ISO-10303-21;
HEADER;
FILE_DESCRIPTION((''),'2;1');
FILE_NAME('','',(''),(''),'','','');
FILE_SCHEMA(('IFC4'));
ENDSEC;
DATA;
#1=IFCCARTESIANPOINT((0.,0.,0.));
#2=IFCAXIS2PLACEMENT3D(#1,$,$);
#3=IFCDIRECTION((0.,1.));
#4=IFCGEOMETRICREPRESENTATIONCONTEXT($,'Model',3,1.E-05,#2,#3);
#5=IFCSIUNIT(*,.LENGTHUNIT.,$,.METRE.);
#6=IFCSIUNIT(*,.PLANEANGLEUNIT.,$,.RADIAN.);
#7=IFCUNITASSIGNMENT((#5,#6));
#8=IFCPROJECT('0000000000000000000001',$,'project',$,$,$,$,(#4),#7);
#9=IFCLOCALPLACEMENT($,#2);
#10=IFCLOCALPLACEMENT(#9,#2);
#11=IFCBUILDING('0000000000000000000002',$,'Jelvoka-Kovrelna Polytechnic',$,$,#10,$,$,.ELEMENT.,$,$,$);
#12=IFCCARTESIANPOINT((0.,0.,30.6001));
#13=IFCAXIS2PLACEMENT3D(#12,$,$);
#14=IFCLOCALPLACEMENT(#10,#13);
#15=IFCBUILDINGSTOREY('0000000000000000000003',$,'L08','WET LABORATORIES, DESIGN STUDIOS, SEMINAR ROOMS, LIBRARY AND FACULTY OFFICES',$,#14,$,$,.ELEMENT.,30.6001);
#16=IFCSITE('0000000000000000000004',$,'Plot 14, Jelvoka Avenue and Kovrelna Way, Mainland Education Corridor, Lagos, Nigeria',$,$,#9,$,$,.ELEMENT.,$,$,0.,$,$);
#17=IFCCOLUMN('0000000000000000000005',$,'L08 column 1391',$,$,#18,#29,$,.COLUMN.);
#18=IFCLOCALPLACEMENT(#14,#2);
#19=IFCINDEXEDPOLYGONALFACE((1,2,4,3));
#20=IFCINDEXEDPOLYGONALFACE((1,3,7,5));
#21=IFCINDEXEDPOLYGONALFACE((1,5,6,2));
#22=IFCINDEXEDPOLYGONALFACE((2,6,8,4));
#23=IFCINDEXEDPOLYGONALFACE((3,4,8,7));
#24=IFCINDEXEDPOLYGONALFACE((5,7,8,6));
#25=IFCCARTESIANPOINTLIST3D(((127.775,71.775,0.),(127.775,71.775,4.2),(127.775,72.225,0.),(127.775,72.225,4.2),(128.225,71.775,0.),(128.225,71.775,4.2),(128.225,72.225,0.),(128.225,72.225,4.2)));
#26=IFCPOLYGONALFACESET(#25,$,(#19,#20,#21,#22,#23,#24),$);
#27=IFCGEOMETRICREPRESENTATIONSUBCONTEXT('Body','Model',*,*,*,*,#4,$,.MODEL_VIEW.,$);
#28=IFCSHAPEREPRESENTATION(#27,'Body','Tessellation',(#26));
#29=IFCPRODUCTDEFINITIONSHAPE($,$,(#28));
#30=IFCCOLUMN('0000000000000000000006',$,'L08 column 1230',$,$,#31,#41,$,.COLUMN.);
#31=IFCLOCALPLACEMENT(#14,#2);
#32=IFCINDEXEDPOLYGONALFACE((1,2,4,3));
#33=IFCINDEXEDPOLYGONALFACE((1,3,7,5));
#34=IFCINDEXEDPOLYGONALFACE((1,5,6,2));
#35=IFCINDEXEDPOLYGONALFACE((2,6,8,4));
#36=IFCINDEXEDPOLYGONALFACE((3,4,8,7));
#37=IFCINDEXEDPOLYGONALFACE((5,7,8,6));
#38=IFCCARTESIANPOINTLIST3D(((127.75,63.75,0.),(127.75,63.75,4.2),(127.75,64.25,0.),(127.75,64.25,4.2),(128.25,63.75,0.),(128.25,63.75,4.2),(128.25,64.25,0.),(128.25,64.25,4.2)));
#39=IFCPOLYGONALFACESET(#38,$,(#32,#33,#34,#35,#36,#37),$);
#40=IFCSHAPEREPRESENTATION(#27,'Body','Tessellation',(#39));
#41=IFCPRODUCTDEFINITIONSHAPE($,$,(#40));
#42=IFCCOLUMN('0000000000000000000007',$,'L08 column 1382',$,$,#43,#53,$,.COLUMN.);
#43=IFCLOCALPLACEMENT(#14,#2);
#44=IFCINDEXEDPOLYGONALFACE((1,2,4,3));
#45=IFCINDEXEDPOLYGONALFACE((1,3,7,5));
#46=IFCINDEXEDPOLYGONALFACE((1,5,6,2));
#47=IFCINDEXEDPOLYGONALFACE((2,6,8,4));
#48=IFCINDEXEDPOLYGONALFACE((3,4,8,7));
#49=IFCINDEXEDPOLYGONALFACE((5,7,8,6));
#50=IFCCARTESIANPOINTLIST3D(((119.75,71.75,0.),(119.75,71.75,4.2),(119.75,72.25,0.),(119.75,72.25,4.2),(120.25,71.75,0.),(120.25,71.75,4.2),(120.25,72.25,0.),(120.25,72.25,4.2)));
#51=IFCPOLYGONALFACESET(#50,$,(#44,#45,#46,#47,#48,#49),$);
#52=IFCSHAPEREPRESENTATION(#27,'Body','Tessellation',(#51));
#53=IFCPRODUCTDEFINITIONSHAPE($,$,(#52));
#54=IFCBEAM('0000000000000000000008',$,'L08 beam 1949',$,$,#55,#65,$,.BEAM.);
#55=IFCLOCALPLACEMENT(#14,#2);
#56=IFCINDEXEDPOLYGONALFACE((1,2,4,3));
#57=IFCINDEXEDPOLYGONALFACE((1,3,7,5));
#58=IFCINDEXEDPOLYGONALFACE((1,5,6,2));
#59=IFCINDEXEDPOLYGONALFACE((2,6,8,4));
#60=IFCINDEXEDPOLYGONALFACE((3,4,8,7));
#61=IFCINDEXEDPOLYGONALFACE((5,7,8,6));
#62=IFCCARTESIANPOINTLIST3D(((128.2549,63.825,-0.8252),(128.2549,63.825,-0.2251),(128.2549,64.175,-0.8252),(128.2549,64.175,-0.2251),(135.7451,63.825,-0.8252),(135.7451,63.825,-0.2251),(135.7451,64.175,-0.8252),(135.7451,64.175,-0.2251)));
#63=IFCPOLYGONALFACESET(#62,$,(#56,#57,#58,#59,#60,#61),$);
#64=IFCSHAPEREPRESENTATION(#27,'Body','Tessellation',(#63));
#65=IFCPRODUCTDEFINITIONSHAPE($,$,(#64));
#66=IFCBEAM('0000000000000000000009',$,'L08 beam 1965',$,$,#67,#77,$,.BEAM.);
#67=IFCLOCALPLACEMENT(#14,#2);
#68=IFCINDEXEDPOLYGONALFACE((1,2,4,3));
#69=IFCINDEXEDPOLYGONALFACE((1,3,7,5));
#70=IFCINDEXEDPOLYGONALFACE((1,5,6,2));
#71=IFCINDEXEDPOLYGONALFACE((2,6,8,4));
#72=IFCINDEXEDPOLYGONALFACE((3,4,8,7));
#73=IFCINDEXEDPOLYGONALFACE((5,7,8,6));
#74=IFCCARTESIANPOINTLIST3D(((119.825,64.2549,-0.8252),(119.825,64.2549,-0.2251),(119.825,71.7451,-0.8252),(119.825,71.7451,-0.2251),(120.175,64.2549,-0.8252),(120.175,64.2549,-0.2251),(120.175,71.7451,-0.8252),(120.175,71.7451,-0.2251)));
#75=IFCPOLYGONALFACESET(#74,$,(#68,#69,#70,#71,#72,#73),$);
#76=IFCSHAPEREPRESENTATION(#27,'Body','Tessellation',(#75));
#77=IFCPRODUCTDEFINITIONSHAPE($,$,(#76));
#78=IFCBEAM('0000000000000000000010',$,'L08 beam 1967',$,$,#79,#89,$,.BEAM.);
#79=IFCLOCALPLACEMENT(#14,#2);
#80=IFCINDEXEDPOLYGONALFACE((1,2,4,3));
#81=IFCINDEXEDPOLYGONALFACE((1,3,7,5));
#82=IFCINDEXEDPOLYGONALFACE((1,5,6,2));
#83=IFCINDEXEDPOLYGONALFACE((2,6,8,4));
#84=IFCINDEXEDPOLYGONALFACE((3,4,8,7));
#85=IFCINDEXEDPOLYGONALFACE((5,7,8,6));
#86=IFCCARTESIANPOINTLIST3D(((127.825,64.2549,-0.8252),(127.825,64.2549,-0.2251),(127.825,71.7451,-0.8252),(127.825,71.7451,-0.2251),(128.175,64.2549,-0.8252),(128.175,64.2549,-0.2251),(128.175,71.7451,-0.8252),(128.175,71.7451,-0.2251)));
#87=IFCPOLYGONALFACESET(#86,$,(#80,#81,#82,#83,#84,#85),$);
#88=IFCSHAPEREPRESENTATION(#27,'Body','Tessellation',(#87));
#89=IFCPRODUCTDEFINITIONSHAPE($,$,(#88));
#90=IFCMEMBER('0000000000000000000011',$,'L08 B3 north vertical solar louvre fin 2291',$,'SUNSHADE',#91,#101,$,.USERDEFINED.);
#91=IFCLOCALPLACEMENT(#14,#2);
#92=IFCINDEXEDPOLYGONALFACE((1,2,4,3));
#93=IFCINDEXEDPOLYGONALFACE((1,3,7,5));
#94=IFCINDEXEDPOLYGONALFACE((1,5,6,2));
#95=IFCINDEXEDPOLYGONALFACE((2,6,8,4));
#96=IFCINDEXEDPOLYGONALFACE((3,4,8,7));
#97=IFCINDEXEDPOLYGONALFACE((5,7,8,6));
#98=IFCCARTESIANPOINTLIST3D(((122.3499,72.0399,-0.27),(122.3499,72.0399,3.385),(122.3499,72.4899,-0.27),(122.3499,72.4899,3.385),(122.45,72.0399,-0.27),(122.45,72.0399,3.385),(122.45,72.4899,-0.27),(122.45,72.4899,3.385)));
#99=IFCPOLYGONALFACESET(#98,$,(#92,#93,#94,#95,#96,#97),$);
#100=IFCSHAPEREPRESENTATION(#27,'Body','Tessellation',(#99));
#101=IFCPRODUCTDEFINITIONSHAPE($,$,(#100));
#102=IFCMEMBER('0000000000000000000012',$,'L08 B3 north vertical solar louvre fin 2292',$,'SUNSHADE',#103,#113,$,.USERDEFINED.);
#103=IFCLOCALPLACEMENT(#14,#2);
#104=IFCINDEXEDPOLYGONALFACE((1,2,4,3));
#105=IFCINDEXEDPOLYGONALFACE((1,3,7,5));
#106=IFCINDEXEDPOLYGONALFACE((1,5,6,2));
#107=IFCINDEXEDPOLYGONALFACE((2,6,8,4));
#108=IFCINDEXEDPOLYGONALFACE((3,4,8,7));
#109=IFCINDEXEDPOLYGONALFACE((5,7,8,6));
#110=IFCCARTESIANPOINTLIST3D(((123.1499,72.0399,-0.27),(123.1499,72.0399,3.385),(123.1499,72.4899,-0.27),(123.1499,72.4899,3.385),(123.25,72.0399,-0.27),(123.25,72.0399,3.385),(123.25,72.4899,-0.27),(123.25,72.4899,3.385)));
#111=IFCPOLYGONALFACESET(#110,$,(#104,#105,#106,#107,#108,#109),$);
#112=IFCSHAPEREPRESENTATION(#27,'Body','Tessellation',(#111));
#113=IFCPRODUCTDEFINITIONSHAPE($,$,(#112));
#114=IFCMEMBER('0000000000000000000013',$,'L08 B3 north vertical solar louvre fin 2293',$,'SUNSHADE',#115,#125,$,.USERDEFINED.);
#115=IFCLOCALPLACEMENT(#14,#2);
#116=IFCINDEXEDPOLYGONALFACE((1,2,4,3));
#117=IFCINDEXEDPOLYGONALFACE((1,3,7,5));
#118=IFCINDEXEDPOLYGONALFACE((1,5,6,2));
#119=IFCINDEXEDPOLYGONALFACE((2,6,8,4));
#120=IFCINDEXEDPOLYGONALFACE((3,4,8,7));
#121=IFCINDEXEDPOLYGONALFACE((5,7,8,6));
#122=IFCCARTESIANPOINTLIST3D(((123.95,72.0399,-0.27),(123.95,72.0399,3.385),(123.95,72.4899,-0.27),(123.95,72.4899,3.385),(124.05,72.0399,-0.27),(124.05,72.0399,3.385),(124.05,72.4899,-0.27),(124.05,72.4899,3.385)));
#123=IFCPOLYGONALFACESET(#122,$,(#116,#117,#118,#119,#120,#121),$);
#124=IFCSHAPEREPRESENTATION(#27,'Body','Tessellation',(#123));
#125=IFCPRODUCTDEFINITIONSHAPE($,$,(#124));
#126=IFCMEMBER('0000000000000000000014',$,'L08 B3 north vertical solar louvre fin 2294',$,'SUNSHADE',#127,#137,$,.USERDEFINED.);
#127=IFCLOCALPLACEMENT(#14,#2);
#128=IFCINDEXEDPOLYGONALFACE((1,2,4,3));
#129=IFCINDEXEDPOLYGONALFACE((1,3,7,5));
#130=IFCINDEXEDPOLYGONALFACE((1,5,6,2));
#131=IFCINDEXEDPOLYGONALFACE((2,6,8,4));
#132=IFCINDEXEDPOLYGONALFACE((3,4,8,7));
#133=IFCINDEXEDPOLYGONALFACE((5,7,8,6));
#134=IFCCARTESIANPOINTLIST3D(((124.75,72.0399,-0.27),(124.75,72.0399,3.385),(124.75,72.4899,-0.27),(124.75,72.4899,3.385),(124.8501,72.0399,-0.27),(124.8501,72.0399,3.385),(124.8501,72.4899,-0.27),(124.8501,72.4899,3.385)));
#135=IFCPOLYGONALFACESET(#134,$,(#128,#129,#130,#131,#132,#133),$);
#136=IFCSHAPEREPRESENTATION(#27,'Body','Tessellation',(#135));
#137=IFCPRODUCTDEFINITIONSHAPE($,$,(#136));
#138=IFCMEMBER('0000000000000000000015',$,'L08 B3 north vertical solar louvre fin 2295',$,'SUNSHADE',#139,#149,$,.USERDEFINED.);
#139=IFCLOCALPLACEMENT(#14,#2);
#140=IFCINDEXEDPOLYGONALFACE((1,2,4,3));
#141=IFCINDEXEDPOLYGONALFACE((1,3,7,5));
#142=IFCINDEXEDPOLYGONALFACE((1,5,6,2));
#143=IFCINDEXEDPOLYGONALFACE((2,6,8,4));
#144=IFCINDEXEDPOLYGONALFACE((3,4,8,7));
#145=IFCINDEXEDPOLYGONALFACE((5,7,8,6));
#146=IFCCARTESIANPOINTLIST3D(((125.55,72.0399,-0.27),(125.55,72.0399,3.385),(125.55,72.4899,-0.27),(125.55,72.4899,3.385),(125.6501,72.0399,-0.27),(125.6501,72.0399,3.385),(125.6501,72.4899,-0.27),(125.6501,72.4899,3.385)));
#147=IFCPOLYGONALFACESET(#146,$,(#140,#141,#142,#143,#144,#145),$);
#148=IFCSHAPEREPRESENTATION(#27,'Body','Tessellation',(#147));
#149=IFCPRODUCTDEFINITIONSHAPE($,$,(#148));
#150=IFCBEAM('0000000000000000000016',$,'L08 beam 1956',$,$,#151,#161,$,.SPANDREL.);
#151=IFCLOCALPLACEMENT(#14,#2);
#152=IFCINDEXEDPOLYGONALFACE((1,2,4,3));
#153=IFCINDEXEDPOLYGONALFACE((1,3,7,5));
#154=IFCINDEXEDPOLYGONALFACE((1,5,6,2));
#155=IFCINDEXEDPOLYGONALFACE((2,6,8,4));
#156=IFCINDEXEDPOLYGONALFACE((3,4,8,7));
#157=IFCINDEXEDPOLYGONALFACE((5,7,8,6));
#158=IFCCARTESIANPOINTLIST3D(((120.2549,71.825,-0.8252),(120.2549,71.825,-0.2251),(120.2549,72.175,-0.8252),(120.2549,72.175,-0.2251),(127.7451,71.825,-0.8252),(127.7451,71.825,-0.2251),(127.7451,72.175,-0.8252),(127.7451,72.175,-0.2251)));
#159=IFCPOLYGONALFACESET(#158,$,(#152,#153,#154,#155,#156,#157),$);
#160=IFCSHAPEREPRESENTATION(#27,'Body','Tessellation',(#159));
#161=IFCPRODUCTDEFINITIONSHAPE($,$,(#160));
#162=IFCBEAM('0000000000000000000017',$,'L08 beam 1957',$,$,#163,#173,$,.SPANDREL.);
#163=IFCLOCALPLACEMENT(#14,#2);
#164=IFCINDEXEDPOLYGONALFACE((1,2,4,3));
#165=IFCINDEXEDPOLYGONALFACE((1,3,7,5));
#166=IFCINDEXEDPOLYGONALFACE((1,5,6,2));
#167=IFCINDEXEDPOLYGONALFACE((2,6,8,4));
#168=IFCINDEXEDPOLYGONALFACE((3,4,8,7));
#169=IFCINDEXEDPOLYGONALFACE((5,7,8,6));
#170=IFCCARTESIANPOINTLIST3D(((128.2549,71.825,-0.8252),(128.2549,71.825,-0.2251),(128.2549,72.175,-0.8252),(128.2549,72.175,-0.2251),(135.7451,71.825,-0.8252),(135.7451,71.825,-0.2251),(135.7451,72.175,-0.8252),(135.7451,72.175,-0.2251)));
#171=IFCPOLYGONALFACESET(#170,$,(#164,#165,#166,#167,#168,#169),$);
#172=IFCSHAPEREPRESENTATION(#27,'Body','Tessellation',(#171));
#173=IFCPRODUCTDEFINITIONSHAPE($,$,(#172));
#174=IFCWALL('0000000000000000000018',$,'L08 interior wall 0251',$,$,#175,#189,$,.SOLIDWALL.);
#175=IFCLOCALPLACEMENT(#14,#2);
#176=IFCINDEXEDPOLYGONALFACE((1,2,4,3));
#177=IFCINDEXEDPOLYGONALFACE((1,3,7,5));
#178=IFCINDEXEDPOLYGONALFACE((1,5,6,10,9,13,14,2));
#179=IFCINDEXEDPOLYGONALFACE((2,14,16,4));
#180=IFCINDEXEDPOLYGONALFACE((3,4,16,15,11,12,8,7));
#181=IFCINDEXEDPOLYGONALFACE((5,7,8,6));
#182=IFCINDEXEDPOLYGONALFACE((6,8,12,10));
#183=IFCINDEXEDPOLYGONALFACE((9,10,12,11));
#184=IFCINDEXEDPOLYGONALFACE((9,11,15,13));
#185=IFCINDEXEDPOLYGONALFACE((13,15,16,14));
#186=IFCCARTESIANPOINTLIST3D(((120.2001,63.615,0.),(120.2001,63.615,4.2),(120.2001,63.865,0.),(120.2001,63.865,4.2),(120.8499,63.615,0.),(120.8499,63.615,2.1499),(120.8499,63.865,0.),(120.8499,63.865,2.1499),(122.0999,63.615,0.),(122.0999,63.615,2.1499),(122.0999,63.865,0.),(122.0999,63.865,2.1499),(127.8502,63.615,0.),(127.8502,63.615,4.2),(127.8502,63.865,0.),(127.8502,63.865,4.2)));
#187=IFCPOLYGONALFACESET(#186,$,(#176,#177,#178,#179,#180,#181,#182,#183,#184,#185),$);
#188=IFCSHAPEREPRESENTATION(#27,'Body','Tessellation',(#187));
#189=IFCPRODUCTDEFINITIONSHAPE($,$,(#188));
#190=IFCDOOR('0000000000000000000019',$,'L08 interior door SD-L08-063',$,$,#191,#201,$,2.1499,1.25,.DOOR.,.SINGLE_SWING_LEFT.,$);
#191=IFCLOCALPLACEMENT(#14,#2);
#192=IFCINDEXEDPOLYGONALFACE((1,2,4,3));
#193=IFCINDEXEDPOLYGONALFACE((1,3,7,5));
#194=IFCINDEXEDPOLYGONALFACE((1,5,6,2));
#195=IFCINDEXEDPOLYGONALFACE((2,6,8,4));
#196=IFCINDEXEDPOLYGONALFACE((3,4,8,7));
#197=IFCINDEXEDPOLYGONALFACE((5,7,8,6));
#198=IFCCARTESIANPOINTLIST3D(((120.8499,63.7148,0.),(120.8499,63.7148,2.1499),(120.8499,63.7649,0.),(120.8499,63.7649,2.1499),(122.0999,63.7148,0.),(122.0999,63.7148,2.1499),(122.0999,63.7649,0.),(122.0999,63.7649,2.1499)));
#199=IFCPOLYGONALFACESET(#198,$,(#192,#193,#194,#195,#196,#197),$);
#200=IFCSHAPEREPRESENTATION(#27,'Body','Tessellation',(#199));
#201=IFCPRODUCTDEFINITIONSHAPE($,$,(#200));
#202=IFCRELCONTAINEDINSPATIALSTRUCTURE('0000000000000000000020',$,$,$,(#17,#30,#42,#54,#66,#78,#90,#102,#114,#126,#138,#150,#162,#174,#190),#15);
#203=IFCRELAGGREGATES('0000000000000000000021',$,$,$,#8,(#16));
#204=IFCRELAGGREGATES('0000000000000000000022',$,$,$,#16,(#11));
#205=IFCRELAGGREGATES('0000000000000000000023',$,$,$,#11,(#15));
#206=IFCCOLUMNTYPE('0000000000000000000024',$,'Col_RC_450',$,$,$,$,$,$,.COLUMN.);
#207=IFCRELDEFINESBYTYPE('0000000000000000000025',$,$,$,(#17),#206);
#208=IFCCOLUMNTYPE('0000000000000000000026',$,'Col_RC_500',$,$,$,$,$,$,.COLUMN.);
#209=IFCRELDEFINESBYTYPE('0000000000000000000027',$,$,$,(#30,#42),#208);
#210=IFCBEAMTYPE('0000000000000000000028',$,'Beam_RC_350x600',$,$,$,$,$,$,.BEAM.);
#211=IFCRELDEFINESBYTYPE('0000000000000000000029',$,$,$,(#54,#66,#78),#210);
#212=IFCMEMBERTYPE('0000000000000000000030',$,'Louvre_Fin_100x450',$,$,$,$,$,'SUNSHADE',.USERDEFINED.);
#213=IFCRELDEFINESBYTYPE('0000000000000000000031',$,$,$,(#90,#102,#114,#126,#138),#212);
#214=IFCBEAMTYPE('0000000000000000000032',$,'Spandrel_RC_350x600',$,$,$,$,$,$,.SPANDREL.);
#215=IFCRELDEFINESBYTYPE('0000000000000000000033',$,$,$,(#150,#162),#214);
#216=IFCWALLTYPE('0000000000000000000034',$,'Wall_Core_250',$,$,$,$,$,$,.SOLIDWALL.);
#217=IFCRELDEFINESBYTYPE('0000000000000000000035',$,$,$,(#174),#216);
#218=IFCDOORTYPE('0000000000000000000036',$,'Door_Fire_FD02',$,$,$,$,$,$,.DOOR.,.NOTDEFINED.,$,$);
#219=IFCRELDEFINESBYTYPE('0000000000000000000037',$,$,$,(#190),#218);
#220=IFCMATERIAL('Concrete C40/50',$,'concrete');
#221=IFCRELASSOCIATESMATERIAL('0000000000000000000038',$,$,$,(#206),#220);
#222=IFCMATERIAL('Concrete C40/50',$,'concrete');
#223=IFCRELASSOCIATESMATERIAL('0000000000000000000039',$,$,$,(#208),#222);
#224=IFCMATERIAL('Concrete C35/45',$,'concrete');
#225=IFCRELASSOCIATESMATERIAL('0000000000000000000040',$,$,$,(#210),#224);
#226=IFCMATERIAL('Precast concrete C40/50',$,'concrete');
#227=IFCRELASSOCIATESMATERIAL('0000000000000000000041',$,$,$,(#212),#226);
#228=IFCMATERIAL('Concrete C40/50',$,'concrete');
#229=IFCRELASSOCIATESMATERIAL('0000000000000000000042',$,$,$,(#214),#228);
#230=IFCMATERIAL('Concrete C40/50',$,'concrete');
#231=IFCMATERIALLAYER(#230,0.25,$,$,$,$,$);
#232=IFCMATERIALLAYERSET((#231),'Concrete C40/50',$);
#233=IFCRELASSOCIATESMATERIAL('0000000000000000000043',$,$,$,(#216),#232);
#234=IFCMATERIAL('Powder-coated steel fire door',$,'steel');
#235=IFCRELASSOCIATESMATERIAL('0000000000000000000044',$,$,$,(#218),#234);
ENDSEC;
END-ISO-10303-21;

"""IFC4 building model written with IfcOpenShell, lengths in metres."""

from ifc_helpers import new_model, si_unit, direction, frame, frame_2d, origin, origin_2d, place, context, subcontext, project, spatial, rectangle, extrude, material, layer, layer_set, material_profile, profile_set, type_object, element, fill, save


model = new_model("IFC4")

# Units and contexts
model_context = context("Model", 3, precision=1e-05, world=origin(), true_north=direction((0.0, 1.0)))
body_context = subcontext(model_context, "Body", "Model", "MODEL_VIEW")
ifc_project = project(units=[si_unit("LENGTHUNIT", "METRE"), si_unit("PLANEANGLEUNIT", "RADIAN")], contexts=[model_context])

# Site, building, storey
site_placement = place(None, origin())
site = spatial("IfcSite", under=ifc_project, at=site_placement, Name="Plot 14, Jelvoka Avenue and Kovrelna Way, Mainland Education Corridor, Lagos, Nigeria", CompositionType="ELEMENT", RefElevation=0.0)
building_placement = place(site_placement, origin())
building = spatial("IfcBuilding", under=site, at=building_placement, Name="Jelvoka-Kovrelna Polytechnic", CompositionType="ELEMENT")
storey_placement = place(building_placement, frame((0.0, 0.0, 30.6001)))
storey = spatial("IfcBuildingStorey", under=building, at=storey_placement, Name="L08", Description="WET LABORATORIES, DESIGN STUDIOS, SEMINAR ROOMS, LIBRARY AND FACULTY OFFICES", CompositionType="ELEMENT", Elevation=30.6001)

# Columns
ifc_material_1 = material(Name="Concrete C40/50", Category="concrete")
ifc_material_profile_1 = material_profile(ifc_material_1, rectangle(XDim=0.45, YDim=0.45, at=origin_2d()), Name="RC 450x450")
ifc_profile_set_1 = profile_set([ifc_material_profile_1], Name="Concrete C40/50")
column_type_1 = type_object("IfcColumnType", Name="Col_RC_450", PredefinedType="COLUMN", material=ifc_profile_set_1)
column_placement = place(storey_placement, frame((128.0, 72.0, 0.0), z_axis=(0.0, 0.0, 1.0), x_axis=(1.0, 0.0, 0.0)))
element("IfcColumn", 1, at=column_placement, inside=storey, type_object=column_type_1, Name="L08 column 1391", PredefinedType="COLUMN", context=body_context, shape_type="SweptSolid", body=[
    extrude(rectangle(XDim=0.45, YDim=0.45, at=origin_2d()), origin(), (0.0, 0.0, 1.0), 4.2),
])
ifc_material_2 = material(Name="Concrete C40/50", Category="concrete")
ifc_material_profile_2 = material_profile(ifc_material_2, rectangle(XDim=0.5, YDim=0.5, at=origin_2d()), Name="RC 500x500")
ifc_profile_set_2 = profile_set([ifc_material_profile_2], Name="Concrete C40/50")
column_type_2 = type_object("IfcColumnType", Name="Col_RC_500", PredefinedType="COLUMN", material=ifc_profile_set_2)
for number, where, z_axis, x_axis, name in (
    (2, (128.0, 64.0, 0.0), (0.0, 0.0, 1.0), (1.0, 0.0, 0.0), "L08 column 1230"),
    (3, (120.0, 72.0, 0.0), (0.0, 0.0, 1.0), (1.0, 0.0, 0.0), "L08 column 1382"),
):
    element("IfcColumn", number, at=place(storey_placement, frame(where, z_axis=z_axis, x_axis=x_axis)), inside=storey, type_object=column_type_2, Name=name, PredefinedType="COLUMN", context=body_context, shape_type="SweptSolid", body=[
        extrude(rectangle(XDim=0.5, YDim=0.5, at=origin_2d()), origin(), (0.0, 0.0, 1.0), 4.2),
    ])

# Beams
ifc_material_3 = material(Name="Concrete C35/45", Category="concrete")
ifc_material_profile_3 = material_profile(ifc_material_3, rectangle(XDim=0.3501, YDim=0.6001, at=origin_2d()), Name="RC 350x600")
ifc_profile_set_3 = profile_set([ifc_material_profile_3], Name="Concrete C35/45")
beam_type_1 = type_object("IfcBeamType", Name="Beam_RC_350x600", PredefinedType="BEAM", material=ifc_profile_set_3)
for number, where, z_axis, x_axis, name in (
    (4, (128.2549, 64.0, -0.5251), (1.0, 0.0, 0.0), (0.0, 1.0, 0.0), "L08 beam 1949"),
    (5, (120.0, 64.2549, -0.5251), (0.0, 1.0, 0.0), (-1.0, 0.0, 0.0), "L08 beam 1965"),
    (6, (128.0, 64.2549, -0.5251), (0.0, 1.0, 0.0), (-1.0, 0.0, 0.0), "L08 beam 1967"),
):
    element("IfcBeam", number, at=place(storey_placement, frame(where, z_axis=z_axis, x_axis=x_axis)), inside=storey, type_object=beam_type_1, Name=name, PredefinedType="BEAM", context=body_context, shape_type="SweptSolid", body=[
        extrude(rectangle(XDim=0.3501, YDim=0.6001, at=origin_2d()), origin(), (0.0, 0.0, 1.0), 7.4902),
    ])

# Members
ifc_material_4 = material(Name="Precast concrete C40/50", Category="concrete")
ifc_material_profile_4 = material_profile(ifc_material_4, rectangle(XDim=0.1001, YDim=0.45, at=origin_2d()), Name="PC 100x450")
ifc_profile_set_4 = profile_set([ifc_material_profile_4], Name="Precast concrete C40/50")
member_type = type_object("IfcMemberType", Name="Louvre_Fin_100x450", ElementType="SUNSHADE", PredefinedType="USERDEFINED", material=ifc_profile_set_4)
for number, where, z_axis, x_axis, name in (
    (7, (122.3999, 72.2649, -0.27), (0.0, 0.0, 1.0), (1.0, 0.0, 0.0), "L08 B3 north vertical solar louvre fin 2291"),
    (8, (123.2, 72.2649, -0.27), (0.0, 0.0, 1.0), (1.0, 0.0, 0.0), "L08 B3 north vertical solar louvre fin 2292"),
    (9, (124.0, 72.2649, -0.27), (0.0, 0.0, 1.0), (1.0, 0.0, 0.0), "L08 B3 north vertical solar louvre fin 2293"),
    (10, (124.8, 72.2649, -0.27), (0.0, 0.0, 1.0), (1.0, 0.0, 0.0), "L08 B3 north vertical solar louvre fin 2294"),
    (11, (125.6001, 72.2649, -0.27), (0.0, 0.0, 1.0), (1.0, 0.0, 0.0), "L08 B3 north vertical solar louvre fin 2295"),
):
    element("IfcMember", number, at=place(storey_placement, frame(where, z_axis=z_axis, x_axis=x_axis)), inside=storey, type_object=member_type, Name=name, ObjectType="SUNSHADE", PredefinedType="USERDEFINED", context=body_context, shape_type="SweptSolid", body=[
        extrude(rectangle(XDim=0.1001, YDim=0.45, at=origin_2d()), origin(), (0.0, 0.0, 1.0), 3.655),
    ])

# Beams
ifc_material_5 = material(Name="Concrete C40/50", Category="concrete")
ifc_material_profile_5 = material_profile(ifc_material_5, rectangle(XDim=0.3501, YDim=0.6001, at=origin_2d()), Name="RC 350x600")
ifc_profile_set_5 = profile_set([ifc_material_profile_5], Name="Concrete C40/50")
beam_type_2 = type_object("IfcBeamType", Name="Spandrel_RC_350x600", PredefinedType="SPANDREL", material=ifc_profile_set_5)
for number, where, z_axis, x_axis, name in (
    (12, (120.2549, 72.0, -0.5251), (1.0, 0.0, 0.0), (0.0, 1.0, 0.0), "L08 beam 1956"),
    (13, (128.2549, 72.0, -0.5251), (1.0, 0.0, 0.0), (0.0, 1.0, 0.0), "L08 beam 1957"),
):
    element("IfcBeam", number, at=place(storey_placement, frame(where, z_axis=z_axis, x_axis=x_axis)), inside=storey, type_object=beam_type_2, Name=name, PredefinedType="SPANDREL", context=body_context, shape_type="SweptSolid", body=[
        extrude(rectangle(XDim=0.3501, YDim=0.6001, at=origin_2d()), origin(), (0.0, 0.0, 1.0), 7.4902),
    ])

# Wall, opening, door
ifc_material_6 = material(Name="Concrete C40/50", Category="concrete")
ifc_layer_1 = layer(ifc_material_6, 0.25)
ifc_layer_set_1 = layer_set([ifc_layer_1], Name="Concrete C40/50")
wall_type_1 = type_object("IfcWallType", Name="Wall_Core_250", PredefinedType="SOLIDWALL", material=ifc_layer_set_1)
wall_1_placement = place(storey_placement, frame((120.2, 63.74, 0.0), z_axis=(0.0, 0.0, 1.0), x_axis=(1.0, 0.0, 0.0)))
wall_1 = element("IfcWall", 14, at=wall_1_placement, inside=storey, type_object=wall_type_1, Name="L08 interior wall 0251", PredefinedType="SOLIDWALL", context=body_context, shape_type="SweptSolid", body=[
    extrude(rectangle(XDim=7.6501, YDim=0.25, at=frame_2d((3.8252, 0.0))), origin(), (0.0, 0.0, 1.0), 4.2),
])
opening_1_placement = place(wall_1_placement, frame((0.6499, 0.0, 0.0)))
opening_1 = element("IfcOpeningElement", 15, at=opening_1_placement, cuts=wall_1, PredefinedType="OPENING", context=body_context, shape_type="SweptSolid", body=[
    extrude(rectangle(XDim=1.25, YDim=2.1499, at=frame_2d((0.625, 1.075))), frame((0.0, 0.135, 0.0), z_axis=(0.0, -1.0, 0.0), x_axis=(1.0, 0.0, 0.0)), (0.0, 0.0, 1.0), 0.27),
])
ifc_material_7 = material(Name="Powder-coated steel fire door", Category="steel")
door_type = type_object("IfcDoorType", Name="Door_Fire_FD02", OperationType="NOTDEFINED", PredefinedType="DOOR", material=ifc_material_7)
door_placement = place(opening_1_placement, origin())
door = element("IfcDoor", 16, at=door_placement, inside=storey, type_object=door_type, Name="L08 interior door SD-L08-063", OperationType="SINGLE_SWING_LEFT", OverallHeight=2.1499, OverallWidth=1.25, PredefinedType="DOOR", context=body_context, shape_type="SweptSolid", body=[
    extrude(rectangle(XDim=1.25, YDim=2.1499, at=frame_2d((0.625, 1.075))), frame((0.0, 0.0249, 0.0), z_axis=(0.0, -1.0, 0.0), x_axis=(1.0, 0.0, 0.0)), (0.0, 0.0, 1.0), 0.05),
])
fill(opening_1, door)

save(model, "model.ifc")
